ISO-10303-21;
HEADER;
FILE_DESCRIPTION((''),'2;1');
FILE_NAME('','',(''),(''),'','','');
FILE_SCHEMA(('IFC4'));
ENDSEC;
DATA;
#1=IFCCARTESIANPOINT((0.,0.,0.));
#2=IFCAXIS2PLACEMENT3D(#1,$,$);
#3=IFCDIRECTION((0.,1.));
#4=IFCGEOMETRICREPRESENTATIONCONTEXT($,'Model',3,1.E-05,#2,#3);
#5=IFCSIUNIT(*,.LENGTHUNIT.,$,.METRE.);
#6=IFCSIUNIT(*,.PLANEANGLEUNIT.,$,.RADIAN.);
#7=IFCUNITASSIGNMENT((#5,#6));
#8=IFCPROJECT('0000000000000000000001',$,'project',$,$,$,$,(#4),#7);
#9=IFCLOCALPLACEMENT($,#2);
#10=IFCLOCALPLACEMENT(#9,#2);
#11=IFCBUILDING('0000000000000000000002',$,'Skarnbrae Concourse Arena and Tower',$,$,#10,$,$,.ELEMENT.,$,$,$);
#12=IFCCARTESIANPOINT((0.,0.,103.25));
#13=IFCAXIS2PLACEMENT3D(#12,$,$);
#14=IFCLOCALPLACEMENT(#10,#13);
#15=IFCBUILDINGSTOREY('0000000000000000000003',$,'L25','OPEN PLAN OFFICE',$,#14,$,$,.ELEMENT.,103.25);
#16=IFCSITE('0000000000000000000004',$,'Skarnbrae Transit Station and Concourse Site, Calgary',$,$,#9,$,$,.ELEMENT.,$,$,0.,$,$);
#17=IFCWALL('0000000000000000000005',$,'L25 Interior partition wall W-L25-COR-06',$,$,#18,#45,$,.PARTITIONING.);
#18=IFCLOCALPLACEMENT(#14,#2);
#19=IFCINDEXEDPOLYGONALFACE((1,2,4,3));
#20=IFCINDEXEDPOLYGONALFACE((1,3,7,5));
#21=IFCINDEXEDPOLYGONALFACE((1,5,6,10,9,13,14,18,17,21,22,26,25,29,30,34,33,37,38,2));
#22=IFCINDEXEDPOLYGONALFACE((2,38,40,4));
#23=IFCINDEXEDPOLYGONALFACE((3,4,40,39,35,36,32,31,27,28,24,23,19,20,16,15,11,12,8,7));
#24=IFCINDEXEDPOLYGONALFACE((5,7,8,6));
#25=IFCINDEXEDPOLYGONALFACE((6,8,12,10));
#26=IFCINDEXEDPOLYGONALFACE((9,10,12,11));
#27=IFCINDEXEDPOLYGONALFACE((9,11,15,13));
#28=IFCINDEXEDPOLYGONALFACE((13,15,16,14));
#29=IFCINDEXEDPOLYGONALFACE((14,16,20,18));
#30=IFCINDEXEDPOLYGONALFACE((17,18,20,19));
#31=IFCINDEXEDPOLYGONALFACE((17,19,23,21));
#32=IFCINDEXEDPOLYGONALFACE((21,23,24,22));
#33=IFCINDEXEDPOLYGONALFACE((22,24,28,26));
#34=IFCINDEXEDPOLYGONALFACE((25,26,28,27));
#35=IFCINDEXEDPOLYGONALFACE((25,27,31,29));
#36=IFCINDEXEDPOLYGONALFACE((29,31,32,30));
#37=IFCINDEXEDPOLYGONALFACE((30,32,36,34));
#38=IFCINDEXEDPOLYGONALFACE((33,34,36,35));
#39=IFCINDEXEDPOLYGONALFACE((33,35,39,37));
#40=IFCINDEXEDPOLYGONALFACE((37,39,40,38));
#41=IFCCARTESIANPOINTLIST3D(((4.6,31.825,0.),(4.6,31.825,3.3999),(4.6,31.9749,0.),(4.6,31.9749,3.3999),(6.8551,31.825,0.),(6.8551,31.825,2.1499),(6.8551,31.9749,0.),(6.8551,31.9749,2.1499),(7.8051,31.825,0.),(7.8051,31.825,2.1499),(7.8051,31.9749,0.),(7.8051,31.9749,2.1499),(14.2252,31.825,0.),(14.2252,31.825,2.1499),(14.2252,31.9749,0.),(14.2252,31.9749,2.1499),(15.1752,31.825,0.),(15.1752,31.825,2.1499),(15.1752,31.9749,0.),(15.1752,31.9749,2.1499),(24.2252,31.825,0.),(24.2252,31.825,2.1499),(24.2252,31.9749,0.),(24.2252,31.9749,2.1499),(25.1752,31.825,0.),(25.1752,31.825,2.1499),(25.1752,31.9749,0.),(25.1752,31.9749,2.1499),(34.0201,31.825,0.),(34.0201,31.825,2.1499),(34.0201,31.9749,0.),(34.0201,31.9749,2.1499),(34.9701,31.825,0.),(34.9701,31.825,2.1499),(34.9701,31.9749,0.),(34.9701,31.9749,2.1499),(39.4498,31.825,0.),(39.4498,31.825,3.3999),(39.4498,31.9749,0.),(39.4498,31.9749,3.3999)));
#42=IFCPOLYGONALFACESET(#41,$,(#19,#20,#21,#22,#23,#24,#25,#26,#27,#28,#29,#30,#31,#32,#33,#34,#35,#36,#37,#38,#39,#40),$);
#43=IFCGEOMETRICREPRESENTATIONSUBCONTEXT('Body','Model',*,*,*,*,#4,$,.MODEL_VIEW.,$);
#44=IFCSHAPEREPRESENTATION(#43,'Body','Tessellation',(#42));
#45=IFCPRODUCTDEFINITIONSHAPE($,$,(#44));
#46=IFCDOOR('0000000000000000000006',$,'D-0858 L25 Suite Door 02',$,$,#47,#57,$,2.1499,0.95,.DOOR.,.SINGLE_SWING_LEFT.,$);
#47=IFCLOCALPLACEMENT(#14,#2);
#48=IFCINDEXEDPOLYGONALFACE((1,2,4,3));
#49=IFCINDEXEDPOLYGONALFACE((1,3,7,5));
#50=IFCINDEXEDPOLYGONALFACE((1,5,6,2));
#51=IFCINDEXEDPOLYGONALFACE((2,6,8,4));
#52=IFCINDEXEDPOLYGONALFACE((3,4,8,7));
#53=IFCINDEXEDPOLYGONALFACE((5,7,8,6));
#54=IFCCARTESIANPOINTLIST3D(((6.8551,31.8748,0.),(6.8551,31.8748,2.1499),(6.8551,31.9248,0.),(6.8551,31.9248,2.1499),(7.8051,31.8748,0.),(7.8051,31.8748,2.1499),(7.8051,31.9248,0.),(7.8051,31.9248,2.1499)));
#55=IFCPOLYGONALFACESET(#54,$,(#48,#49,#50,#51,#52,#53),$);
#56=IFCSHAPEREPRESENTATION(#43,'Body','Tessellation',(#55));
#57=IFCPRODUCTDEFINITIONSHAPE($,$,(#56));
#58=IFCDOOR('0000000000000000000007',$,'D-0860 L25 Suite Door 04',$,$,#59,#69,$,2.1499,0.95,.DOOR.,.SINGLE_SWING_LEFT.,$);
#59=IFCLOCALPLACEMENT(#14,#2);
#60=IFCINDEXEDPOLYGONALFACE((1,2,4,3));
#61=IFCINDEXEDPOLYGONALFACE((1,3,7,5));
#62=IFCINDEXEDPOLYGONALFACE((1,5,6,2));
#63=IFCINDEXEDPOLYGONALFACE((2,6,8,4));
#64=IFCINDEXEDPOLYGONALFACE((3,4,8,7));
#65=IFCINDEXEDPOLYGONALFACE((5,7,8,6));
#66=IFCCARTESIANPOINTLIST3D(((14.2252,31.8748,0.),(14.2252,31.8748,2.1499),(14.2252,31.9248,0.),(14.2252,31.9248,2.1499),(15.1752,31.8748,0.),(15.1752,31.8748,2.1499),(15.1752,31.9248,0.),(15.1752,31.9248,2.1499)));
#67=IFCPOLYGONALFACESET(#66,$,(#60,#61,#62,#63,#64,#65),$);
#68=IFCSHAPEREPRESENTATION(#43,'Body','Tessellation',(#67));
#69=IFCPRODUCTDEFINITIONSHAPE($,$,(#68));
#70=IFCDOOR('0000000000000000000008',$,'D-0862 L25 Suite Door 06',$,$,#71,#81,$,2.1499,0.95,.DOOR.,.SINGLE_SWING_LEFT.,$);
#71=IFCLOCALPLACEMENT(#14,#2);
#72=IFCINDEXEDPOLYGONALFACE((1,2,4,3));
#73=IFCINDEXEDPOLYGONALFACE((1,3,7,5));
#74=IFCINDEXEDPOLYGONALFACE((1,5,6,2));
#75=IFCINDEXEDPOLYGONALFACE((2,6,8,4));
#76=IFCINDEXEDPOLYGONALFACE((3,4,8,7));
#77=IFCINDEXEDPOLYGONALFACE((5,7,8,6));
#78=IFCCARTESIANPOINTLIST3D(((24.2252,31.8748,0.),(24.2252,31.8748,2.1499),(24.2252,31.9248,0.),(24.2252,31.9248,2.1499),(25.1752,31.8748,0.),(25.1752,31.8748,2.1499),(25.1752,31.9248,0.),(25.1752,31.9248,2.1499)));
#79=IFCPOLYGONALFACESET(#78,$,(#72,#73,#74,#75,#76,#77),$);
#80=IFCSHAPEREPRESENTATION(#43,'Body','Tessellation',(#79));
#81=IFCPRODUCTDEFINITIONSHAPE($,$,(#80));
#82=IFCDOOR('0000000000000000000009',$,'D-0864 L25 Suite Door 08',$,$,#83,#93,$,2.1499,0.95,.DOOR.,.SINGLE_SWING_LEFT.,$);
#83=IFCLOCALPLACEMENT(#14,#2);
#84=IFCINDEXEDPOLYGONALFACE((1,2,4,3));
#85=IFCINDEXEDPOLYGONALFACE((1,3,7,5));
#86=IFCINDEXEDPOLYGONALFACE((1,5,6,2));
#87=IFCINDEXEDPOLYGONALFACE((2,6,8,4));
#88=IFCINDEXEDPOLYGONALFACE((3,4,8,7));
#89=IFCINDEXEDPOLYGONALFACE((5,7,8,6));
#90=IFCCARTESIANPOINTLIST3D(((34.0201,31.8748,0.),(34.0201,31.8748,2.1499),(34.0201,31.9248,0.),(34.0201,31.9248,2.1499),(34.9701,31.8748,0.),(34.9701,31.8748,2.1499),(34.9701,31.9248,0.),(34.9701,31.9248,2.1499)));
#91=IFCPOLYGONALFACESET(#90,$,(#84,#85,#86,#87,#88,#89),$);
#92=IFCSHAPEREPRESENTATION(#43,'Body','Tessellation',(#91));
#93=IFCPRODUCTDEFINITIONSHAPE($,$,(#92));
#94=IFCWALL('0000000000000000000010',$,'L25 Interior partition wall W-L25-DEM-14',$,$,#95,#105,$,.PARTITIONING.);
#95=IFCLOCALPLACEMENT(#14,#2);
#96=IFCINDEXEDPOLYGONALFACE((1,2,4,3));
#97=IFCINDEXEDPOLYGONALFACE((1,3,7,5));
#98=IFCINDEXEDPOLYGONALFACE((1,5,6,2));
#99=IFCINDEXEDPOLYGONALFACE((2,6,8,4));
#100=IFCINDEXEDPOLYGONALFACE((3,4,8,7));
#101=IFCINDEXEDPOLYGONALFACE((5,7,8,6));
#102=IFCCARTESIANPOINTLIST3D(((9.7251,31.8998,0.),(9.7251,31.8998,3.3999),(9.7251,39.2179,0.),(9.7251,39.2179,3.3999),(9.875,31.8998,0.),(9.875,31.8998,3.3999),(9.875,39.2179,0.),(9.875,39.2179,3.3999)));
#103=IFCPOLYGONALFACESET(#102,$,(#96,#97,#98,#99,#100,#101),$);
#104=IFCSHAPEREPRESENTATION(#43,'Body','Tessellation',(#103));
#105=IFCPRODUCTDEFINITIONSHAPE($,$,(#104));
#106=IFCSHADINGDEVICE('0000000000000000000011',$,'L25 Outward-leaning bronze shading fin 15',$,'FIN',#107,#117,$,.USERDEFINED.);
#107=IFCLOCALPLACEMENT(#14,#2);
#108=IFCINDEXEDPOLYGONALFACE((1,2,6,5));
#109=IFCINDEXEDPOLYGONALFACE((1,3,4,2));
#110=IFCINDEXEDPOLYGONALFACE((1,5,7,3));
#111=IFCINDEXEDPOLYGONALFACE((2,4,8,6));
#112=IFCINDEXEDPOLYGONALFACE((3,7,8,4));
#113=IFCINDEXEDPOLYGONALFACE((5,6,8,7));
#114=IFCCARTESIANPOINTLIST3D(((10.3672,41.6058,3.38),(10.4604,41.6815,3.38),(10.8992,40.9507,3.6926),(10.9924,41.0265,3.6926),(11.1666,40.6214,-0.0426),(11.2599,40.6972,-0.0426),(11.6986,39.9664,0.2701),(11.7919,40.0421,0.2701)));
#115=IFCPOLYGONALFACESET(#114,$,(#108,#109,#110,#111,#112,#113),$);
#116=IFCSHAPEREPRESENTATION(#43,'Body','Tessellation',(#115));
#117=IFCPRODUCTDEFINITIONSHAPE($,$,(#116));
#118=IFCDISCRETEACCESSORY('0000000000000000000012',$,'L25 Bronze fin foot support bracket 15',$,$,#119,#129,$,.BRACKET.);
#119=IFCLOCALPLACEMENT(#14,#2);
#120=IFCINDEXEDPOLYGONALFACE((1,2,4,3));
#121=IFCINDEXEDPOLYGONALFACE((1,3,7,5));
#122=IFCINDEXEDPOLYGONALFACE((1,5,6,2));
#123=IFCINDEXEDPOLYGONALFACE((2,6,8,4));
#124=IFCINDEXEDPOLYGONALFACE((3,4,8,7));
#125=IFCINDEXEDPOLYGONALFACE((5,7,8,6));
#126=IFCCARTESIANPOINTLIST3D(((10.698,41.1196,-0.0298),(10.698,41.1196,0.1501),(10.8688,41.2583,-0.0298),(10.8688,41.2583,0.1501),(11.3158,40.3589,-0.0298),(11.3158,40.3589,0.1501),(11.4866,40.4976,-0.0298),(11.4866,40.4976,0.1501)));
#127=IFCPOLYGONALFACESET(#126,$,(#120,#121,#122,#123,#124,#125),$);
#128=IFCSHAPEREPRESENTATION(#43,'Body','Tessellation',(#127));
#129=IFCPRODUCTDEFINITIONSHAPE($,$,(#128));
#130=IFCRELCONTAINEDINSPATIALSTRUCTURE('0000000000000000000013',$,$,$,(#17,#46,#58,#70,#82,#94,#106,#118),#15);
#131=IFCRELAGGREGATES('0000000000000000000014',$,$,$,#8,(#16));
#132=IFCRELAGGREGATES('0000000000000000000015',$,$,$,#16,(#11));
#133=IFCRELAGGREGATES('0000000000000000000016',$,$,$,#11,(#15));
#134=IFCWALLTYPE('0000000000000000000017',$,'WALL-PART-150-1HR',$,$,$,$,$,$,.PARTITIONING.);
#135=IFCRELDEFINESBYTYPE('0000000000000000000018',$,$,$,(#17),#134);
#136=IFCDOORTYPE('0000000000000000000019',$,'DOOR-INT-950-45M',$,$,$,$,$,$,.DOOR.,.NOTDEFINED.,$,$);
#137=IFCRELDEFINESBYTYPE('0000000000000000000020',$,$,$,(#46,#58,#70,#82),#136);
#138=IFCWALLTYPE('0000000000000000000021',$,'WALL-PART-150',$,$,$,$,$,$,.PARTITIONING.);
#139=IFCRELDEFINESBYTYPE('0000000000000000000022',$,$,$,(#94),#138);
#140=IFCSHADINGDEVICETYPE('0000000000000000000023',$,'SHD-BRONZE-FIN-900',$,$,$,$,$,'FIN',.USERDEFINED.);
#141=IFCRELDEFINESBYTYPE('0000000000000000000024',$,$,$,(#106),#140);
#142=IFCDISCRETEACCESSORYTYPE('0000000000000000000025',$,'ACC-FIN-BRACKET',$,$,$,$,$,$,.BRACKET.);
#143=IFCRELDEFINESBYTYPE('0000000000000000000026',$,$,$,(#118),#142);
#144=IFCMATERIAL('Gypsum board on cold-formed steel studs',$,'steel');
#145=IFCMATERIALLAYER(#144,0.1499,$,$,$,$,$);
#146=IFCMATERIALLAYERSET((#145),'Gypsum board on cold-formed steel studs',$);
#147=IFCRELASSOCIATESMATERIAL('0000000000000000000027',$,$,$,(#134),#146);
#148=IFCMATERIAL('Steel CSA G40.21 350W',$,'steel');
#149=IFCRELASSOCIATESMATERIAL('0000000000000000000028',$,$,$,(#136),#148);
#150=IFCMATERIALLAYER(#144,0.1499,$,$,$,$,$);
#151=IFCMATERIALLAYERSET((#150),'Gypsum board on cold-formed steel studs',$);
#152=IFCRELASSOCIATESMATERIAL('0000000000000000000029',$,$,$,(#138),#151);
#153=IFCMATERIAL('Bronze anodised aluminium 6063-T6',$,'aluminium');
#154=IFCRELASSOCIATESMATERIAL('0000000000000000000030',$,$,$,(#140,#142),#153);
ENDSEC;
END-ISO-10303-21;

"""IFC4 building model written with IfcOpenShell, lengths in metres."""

from ifc_helpers import new_model, si_unit, direction, frame, frame_2d, origin, origin_2d, place, context, subcontext, project, spatial, rectangle, extrude, source, transform, mapped, material, layer, layer_set, type_object, element, fill, save


model = new_model("IFC4")

# Units and contexts
model_context = context("Model", 3, precision=1e-05, world=origin(), true_north=direction((0.0, 1.0)))
body_context = subcontext(model_context, "Body", "Model", "MODEL_VIEW")
ifc_project = project(units=[si_unit("LENGTHUNIT", "METRE"), si_unit("PLANEANGLEUNIT", "RADIAN")], contexts=[model_context])

# Site, building, storey
site_placement = place(None, origin())
site = spatial("IfcSite", under=ifc_project, at=site_placement, Name="Skarnbrae Transit Station and Concourse Site, Calgary", CompositionType="ELEMENT", RefElevation=0.0)
building_placement = place(site_placement, origin())
building = spatial("IfcBuilding", under=site, at=building_placement, Name="Skarnbrae Concourse Arena and Tower", CompositionType="ELEMENT")
storey_placement = place(building_placement, frame((0.0, 0.0, 103.25)))
storey = spatial("IfcBuildingStorey", under=building, at=storey_placement, Name="L25", Description="OPEN PLAN OFFICE", CompositionType="ELEMENT", Elevation=103.25)

# Shared definitions
ifc_material_1 = material(Name="Steel CSA G40.21 350W", Category="steel")

# Shared definitions
ifc_material_2 = material(Name="Bronze anodised aluminium 6063-T6", Category="aluminium")

# Wall, openings, doors
ifc_material_3 = material(Name="Gypsum board on cold-formed steel studs", Category="steel")
ifc_layer_1 = layer(ifc_material_3, 0.1499)
ifc_layer_set_1 = layer_set([ifc_layer_1], Name="Gypsum board on cold-formed steel studs")
wall_type_1 = type_object("IfcWallType", Name="WALL-PART-150-1HR", PredefinedType="PARTITIONING", material=ifc_layer_set_1)
shared_shape_1 = source(origin(), body_context, "Body", "SweptSolid", [
    extrude(rectangle(XDim=34.8499, YDim=0.1499, at=frame_2d((17.4248, 0.0))), origin(), (0.0, 0.0, 1.0), 3.3999),
])
wall_1_placement = place(storey_placement, frame((4.6001, 31.8999, 0.0), z_axis=(0.0, 0.0, 1.0), x_axis=(1.0, 0.0, 0.0)))
wall_1 = element("IfcWall", 1, at=wall_1_placement, inside=storey, type_object=wall_type_1, Name="L25 Interior partition wall W-L25-COR-06", PredefinedType="PARTITIONING", context=body_context, shape_type="MappedRepresentation", body=[
    mapped(shared_shape_1, transform((0.0, 0.0, 0.0))),
])
opening_1_placement = place(wall_1_placement, frame((2.2549, 0.0, 0.0)))
opening_1 = element("IfcOpeningElement", 2, at=opening_1_placement, cuts=wall_1, PredefinedType="OPENING", context=body_context, shape_type="SweptSolid", body=[
    extrude(rectangle(XDim=0.95, YDim=2.1499, at=frame_2d((0.4751, 1.075))), frame((0.0, 0.085, 0.0), z_axis=(0.0, -1.0, 0.0), x_axis=(1.0, 0.0, 0.0)), (0.0, 0.0, 1.0), 0.1699),
])
opening_2_placement = place(wall_1_placement, frame((9.625, 0.0, 0.0)))
opening_2 = element("IfcOpeningElement", 3, at=opening_2_placement, cuts=wall_1, PredefinedType="OPENING", context=body_context, shape_type="SweptSolid", body=[
    extrude(rectangle(XDim=0.95, YDim=2.1499, at=frame_2d((0.4751, 1.075))), frame((0.0, 0.085, 0.0), z_axis=(0.0, -1.0, 0.0), x_axis=(1.0, 0.0, 0.0)), (0.0, 0.0, 1.0), 0.1699),
])
opening_3_placement = place(wall_1_placement, frame((19.625, 0.0, 0.0)))
opening_3 = element("IfcOpeningElement", 4, at=opening_3_placement, cuts=wall_1, PredefinedType="OPENING", context=body_context, shape_type="SweptSolid", body=[
    extrude(rectangle(XDim=0.95, YDim=2.1499, at=frame_2d((0.4751, 1.075))), frame((0.0, 0.085, 0.0), z_axis=(0.0, -1.0, 0.0), x_axis=(1.0, 0.0, 0.0)), (0.0, 0.0, 1.0), 0.1699),
])
opening_4_placement = place(wall_1_placement, frame((29.4199, 0.0, 0.0)))
opening_4 = element("IfcOpeningElement", 5, at=opening_4_placement, cuts=wall_1, PredefinedType="OPENING", context=body_context, shape_type="SweptSolid", body=[
    extrude(rectangle(XDim=0.95, YDim=2.1499, at=frame_2d((0.4751, 1.075))), frame((0.0, 0.085, 0.0), z_axis=(0.0, -1.0, 0.0), x_axis=(1.0, 0.0, 0.0)), (0.0, 0.0, 1.0), 0.1699),
])
door_type = type_object("IfcDoorType", Name="DOOR-INT-950-45M", OperationType="NOTDEFINED", PredefinedType="DOOR", material=ifc_material_1)
shared_shape_2 = source(origin(), body_context, "Body", "SweptSolid", [
    extrude(rectangle(XDim=0.95, YDim=2.1499, at=frame_2d((0.4751, 1.075))), frame((0.0, 0.0249, 0.0), z_axis=(0.0, -1.0, 0.0), x_axis=(1.0, 0.0, 0.0)), (0.0, 0.0, 1.0), 0.05),
])
door_1_placement = place(opening_1_placement, origin())
door_1 = element("IfcDoor", 6, at=door_1_placement, inside=storey, type_object=door_type, Name="D-0858 L25 Suite Door 02", OperationType="SINGLE_SWING_LEFT", OverallHeight=2.1499, OverallWidth=0.95, PredefinedType="DOOR", context=body_context, shape_type="MappedRepresentation", body=[
    mapped(shared_shape_2, transform((0.0, 0.0, 0.0))),
])
fill(opening_1, door_1)
door_2_placement = place(opening_2_placement, origin())
door_2 = element("IfcDoor", 7, at=door_2_placement, inside=storey, type_object=door_type, Name="D-0860 L25 Suite Door 04", OperationType="SINGLE_SWING_LEFT", OverallHeight=2.1499, OverallWidth=0.95, PredefinedType="DOOR", context=body_context, shape_type="MappedRepresentation", body=[
    mapped(shared_shape_2, transform((0.0, 0.0, 0.0))),
])
fill(opening_2, door_2)
door_3_placement = place(opening_3_placement, origin())
door_3 = element("IfcDoor", 8, at=door_3_placement, inside=storey, type_object=door_type, Name="D-0862 L25 Suite Door 06", OperationType="SINGLE_SWING_LEFT", OverallHeight=2.1499, OverallWidth=0.95, PredefinedType="DOOR", context=body_context, shape_type="MappedRepresentation", body=[
    mapped(shared_shape_2, transform((0.0, 0.0, 0.0))),
])
fill(opening_3, door_3)
door_4_placement = place(opening_4_placement, origin())
door_4 = element("IfcDoor", 9, at=door_4_placement, inside=storey, type_object=door_type, Name="D-0864 L25 Suite Door 08", OperationType="SINGLE_SWING_LEFT", OverallHeight=2.1499, OverallWidth=0.95, PredefinedType="DOOR", context=body_context, shape_type="MappedRepresentation", body=[
    mapped(shared_shape_2, transform((0.0, 0.0, 0.0))),
])
fill(opening_4, door_4)

# Wall
ifc_layer_2 = layer(ifc_material_3, 0.1499)
ifc_layer_set_2 = layer_set([ifc_layer_2], Name="Gypsum board on cold-formed steel studs")
wall_type_2 = type_object("IfcWallType", Name="WALL-PART-150", PredefinedType="PARTITIONING", material=ifc_layer_set_2)
shared_shape_3 = source(origin(), body_context, "Body", "SweptSolid", [
    extrude(rectangle(XDim=7.3181, YDim=0.1499, at=frame_2d((3.6592, 0.0))), origin(), (0.0, 0.0, 1.0), 3.3999),
])
wall_2_placement = place(storey_placement, frame((9.8, 39.218, 0.0), z_axis=(0.0, 0.0, 1.0), x_axis=(0.0, -1.0, 0.0)))
element("IfcWall", 10, at=wall_2_placement, inside=storey, type_object=wall_type_2, Name="L25 Interior partition wall W-L25-DEM-14", PredefinedType="PARTITIONING", context=body_context, shape_type="MappedRepresentation", body=[
    mapped(shared_shape_3, transform((0.0, 0.0, 0.0))),
])

# Shading device
shading_device_type = type_object("IfcShadingDeviceType", Name="SHD-BRONZE-FIN-900", ElementType="FIN", PredefinedType="USERDEFINED", material=ifc_material_2)
shared_shape_4 = source(origin(), body_context, "Body", "SweptSolid", [
    extrude(rectangle(XDim=0.1201, YDim=0.8999, at=origin_2d()), origin(), (0.0, 0.0, 1.0), 3.6499),
])
shading_device_placement = place(storey_placement, frame((11.4792, 40.3318, 0.1138), z_axis=(-0.219029, 0.269688, 0.937707), x_axis=(0.776245, 0.630432, 0.0)))
element("IfcShadingDevice", 11, at=shading_device_placement, inside=storey, type_object=shading_device_type, Name="L25 Outward-leaning bronze shading fin 15", ObjectType="FIN", PredefinedType="USERDEFINED", context=body_context, shape_type="MappedRepresentation", body=[
    mapped(shared_shape_4, transform((0.0, 0.0, 0.0))),
])

# Discrete accessory
discrete_accessory_type = type_object("IfcDiscreteAccessoryType", Name="ACC-FIN-BRACKET", PredefinedType="BRACKET", material=ifc_material_2)
shared_shape_5 = source(origin(), body_context, "Body", "SweptSolid", [
    extrude(rectangle(XDim=0.22, YDim=0.98, at=origin_2d()), origin(), (0.0, 0.0, 1.0), 0.1799),
])
discrete_accessory_placement = place(storey_placement, frame((11.0923, 40.8086, -0.0298), z_axis=(0.0, 0.0, 1.0), x_axis=(0.776245, 0.630432, 0.0)))
element("IfcDiscreteAccessory", 12, at=discrete_accessory_placement, inside=storey, type_object=discrete_accessory_type, Name="L25 Bronze fin foot support bracket 15", PredefinedType="BRACKET", context=body_context, shape_type="MappedRepresentation", body=[
    mapped(shared_shape_5, transform((0.0, 0.0, 0.0))),
])

save(model, "model.ifc")
